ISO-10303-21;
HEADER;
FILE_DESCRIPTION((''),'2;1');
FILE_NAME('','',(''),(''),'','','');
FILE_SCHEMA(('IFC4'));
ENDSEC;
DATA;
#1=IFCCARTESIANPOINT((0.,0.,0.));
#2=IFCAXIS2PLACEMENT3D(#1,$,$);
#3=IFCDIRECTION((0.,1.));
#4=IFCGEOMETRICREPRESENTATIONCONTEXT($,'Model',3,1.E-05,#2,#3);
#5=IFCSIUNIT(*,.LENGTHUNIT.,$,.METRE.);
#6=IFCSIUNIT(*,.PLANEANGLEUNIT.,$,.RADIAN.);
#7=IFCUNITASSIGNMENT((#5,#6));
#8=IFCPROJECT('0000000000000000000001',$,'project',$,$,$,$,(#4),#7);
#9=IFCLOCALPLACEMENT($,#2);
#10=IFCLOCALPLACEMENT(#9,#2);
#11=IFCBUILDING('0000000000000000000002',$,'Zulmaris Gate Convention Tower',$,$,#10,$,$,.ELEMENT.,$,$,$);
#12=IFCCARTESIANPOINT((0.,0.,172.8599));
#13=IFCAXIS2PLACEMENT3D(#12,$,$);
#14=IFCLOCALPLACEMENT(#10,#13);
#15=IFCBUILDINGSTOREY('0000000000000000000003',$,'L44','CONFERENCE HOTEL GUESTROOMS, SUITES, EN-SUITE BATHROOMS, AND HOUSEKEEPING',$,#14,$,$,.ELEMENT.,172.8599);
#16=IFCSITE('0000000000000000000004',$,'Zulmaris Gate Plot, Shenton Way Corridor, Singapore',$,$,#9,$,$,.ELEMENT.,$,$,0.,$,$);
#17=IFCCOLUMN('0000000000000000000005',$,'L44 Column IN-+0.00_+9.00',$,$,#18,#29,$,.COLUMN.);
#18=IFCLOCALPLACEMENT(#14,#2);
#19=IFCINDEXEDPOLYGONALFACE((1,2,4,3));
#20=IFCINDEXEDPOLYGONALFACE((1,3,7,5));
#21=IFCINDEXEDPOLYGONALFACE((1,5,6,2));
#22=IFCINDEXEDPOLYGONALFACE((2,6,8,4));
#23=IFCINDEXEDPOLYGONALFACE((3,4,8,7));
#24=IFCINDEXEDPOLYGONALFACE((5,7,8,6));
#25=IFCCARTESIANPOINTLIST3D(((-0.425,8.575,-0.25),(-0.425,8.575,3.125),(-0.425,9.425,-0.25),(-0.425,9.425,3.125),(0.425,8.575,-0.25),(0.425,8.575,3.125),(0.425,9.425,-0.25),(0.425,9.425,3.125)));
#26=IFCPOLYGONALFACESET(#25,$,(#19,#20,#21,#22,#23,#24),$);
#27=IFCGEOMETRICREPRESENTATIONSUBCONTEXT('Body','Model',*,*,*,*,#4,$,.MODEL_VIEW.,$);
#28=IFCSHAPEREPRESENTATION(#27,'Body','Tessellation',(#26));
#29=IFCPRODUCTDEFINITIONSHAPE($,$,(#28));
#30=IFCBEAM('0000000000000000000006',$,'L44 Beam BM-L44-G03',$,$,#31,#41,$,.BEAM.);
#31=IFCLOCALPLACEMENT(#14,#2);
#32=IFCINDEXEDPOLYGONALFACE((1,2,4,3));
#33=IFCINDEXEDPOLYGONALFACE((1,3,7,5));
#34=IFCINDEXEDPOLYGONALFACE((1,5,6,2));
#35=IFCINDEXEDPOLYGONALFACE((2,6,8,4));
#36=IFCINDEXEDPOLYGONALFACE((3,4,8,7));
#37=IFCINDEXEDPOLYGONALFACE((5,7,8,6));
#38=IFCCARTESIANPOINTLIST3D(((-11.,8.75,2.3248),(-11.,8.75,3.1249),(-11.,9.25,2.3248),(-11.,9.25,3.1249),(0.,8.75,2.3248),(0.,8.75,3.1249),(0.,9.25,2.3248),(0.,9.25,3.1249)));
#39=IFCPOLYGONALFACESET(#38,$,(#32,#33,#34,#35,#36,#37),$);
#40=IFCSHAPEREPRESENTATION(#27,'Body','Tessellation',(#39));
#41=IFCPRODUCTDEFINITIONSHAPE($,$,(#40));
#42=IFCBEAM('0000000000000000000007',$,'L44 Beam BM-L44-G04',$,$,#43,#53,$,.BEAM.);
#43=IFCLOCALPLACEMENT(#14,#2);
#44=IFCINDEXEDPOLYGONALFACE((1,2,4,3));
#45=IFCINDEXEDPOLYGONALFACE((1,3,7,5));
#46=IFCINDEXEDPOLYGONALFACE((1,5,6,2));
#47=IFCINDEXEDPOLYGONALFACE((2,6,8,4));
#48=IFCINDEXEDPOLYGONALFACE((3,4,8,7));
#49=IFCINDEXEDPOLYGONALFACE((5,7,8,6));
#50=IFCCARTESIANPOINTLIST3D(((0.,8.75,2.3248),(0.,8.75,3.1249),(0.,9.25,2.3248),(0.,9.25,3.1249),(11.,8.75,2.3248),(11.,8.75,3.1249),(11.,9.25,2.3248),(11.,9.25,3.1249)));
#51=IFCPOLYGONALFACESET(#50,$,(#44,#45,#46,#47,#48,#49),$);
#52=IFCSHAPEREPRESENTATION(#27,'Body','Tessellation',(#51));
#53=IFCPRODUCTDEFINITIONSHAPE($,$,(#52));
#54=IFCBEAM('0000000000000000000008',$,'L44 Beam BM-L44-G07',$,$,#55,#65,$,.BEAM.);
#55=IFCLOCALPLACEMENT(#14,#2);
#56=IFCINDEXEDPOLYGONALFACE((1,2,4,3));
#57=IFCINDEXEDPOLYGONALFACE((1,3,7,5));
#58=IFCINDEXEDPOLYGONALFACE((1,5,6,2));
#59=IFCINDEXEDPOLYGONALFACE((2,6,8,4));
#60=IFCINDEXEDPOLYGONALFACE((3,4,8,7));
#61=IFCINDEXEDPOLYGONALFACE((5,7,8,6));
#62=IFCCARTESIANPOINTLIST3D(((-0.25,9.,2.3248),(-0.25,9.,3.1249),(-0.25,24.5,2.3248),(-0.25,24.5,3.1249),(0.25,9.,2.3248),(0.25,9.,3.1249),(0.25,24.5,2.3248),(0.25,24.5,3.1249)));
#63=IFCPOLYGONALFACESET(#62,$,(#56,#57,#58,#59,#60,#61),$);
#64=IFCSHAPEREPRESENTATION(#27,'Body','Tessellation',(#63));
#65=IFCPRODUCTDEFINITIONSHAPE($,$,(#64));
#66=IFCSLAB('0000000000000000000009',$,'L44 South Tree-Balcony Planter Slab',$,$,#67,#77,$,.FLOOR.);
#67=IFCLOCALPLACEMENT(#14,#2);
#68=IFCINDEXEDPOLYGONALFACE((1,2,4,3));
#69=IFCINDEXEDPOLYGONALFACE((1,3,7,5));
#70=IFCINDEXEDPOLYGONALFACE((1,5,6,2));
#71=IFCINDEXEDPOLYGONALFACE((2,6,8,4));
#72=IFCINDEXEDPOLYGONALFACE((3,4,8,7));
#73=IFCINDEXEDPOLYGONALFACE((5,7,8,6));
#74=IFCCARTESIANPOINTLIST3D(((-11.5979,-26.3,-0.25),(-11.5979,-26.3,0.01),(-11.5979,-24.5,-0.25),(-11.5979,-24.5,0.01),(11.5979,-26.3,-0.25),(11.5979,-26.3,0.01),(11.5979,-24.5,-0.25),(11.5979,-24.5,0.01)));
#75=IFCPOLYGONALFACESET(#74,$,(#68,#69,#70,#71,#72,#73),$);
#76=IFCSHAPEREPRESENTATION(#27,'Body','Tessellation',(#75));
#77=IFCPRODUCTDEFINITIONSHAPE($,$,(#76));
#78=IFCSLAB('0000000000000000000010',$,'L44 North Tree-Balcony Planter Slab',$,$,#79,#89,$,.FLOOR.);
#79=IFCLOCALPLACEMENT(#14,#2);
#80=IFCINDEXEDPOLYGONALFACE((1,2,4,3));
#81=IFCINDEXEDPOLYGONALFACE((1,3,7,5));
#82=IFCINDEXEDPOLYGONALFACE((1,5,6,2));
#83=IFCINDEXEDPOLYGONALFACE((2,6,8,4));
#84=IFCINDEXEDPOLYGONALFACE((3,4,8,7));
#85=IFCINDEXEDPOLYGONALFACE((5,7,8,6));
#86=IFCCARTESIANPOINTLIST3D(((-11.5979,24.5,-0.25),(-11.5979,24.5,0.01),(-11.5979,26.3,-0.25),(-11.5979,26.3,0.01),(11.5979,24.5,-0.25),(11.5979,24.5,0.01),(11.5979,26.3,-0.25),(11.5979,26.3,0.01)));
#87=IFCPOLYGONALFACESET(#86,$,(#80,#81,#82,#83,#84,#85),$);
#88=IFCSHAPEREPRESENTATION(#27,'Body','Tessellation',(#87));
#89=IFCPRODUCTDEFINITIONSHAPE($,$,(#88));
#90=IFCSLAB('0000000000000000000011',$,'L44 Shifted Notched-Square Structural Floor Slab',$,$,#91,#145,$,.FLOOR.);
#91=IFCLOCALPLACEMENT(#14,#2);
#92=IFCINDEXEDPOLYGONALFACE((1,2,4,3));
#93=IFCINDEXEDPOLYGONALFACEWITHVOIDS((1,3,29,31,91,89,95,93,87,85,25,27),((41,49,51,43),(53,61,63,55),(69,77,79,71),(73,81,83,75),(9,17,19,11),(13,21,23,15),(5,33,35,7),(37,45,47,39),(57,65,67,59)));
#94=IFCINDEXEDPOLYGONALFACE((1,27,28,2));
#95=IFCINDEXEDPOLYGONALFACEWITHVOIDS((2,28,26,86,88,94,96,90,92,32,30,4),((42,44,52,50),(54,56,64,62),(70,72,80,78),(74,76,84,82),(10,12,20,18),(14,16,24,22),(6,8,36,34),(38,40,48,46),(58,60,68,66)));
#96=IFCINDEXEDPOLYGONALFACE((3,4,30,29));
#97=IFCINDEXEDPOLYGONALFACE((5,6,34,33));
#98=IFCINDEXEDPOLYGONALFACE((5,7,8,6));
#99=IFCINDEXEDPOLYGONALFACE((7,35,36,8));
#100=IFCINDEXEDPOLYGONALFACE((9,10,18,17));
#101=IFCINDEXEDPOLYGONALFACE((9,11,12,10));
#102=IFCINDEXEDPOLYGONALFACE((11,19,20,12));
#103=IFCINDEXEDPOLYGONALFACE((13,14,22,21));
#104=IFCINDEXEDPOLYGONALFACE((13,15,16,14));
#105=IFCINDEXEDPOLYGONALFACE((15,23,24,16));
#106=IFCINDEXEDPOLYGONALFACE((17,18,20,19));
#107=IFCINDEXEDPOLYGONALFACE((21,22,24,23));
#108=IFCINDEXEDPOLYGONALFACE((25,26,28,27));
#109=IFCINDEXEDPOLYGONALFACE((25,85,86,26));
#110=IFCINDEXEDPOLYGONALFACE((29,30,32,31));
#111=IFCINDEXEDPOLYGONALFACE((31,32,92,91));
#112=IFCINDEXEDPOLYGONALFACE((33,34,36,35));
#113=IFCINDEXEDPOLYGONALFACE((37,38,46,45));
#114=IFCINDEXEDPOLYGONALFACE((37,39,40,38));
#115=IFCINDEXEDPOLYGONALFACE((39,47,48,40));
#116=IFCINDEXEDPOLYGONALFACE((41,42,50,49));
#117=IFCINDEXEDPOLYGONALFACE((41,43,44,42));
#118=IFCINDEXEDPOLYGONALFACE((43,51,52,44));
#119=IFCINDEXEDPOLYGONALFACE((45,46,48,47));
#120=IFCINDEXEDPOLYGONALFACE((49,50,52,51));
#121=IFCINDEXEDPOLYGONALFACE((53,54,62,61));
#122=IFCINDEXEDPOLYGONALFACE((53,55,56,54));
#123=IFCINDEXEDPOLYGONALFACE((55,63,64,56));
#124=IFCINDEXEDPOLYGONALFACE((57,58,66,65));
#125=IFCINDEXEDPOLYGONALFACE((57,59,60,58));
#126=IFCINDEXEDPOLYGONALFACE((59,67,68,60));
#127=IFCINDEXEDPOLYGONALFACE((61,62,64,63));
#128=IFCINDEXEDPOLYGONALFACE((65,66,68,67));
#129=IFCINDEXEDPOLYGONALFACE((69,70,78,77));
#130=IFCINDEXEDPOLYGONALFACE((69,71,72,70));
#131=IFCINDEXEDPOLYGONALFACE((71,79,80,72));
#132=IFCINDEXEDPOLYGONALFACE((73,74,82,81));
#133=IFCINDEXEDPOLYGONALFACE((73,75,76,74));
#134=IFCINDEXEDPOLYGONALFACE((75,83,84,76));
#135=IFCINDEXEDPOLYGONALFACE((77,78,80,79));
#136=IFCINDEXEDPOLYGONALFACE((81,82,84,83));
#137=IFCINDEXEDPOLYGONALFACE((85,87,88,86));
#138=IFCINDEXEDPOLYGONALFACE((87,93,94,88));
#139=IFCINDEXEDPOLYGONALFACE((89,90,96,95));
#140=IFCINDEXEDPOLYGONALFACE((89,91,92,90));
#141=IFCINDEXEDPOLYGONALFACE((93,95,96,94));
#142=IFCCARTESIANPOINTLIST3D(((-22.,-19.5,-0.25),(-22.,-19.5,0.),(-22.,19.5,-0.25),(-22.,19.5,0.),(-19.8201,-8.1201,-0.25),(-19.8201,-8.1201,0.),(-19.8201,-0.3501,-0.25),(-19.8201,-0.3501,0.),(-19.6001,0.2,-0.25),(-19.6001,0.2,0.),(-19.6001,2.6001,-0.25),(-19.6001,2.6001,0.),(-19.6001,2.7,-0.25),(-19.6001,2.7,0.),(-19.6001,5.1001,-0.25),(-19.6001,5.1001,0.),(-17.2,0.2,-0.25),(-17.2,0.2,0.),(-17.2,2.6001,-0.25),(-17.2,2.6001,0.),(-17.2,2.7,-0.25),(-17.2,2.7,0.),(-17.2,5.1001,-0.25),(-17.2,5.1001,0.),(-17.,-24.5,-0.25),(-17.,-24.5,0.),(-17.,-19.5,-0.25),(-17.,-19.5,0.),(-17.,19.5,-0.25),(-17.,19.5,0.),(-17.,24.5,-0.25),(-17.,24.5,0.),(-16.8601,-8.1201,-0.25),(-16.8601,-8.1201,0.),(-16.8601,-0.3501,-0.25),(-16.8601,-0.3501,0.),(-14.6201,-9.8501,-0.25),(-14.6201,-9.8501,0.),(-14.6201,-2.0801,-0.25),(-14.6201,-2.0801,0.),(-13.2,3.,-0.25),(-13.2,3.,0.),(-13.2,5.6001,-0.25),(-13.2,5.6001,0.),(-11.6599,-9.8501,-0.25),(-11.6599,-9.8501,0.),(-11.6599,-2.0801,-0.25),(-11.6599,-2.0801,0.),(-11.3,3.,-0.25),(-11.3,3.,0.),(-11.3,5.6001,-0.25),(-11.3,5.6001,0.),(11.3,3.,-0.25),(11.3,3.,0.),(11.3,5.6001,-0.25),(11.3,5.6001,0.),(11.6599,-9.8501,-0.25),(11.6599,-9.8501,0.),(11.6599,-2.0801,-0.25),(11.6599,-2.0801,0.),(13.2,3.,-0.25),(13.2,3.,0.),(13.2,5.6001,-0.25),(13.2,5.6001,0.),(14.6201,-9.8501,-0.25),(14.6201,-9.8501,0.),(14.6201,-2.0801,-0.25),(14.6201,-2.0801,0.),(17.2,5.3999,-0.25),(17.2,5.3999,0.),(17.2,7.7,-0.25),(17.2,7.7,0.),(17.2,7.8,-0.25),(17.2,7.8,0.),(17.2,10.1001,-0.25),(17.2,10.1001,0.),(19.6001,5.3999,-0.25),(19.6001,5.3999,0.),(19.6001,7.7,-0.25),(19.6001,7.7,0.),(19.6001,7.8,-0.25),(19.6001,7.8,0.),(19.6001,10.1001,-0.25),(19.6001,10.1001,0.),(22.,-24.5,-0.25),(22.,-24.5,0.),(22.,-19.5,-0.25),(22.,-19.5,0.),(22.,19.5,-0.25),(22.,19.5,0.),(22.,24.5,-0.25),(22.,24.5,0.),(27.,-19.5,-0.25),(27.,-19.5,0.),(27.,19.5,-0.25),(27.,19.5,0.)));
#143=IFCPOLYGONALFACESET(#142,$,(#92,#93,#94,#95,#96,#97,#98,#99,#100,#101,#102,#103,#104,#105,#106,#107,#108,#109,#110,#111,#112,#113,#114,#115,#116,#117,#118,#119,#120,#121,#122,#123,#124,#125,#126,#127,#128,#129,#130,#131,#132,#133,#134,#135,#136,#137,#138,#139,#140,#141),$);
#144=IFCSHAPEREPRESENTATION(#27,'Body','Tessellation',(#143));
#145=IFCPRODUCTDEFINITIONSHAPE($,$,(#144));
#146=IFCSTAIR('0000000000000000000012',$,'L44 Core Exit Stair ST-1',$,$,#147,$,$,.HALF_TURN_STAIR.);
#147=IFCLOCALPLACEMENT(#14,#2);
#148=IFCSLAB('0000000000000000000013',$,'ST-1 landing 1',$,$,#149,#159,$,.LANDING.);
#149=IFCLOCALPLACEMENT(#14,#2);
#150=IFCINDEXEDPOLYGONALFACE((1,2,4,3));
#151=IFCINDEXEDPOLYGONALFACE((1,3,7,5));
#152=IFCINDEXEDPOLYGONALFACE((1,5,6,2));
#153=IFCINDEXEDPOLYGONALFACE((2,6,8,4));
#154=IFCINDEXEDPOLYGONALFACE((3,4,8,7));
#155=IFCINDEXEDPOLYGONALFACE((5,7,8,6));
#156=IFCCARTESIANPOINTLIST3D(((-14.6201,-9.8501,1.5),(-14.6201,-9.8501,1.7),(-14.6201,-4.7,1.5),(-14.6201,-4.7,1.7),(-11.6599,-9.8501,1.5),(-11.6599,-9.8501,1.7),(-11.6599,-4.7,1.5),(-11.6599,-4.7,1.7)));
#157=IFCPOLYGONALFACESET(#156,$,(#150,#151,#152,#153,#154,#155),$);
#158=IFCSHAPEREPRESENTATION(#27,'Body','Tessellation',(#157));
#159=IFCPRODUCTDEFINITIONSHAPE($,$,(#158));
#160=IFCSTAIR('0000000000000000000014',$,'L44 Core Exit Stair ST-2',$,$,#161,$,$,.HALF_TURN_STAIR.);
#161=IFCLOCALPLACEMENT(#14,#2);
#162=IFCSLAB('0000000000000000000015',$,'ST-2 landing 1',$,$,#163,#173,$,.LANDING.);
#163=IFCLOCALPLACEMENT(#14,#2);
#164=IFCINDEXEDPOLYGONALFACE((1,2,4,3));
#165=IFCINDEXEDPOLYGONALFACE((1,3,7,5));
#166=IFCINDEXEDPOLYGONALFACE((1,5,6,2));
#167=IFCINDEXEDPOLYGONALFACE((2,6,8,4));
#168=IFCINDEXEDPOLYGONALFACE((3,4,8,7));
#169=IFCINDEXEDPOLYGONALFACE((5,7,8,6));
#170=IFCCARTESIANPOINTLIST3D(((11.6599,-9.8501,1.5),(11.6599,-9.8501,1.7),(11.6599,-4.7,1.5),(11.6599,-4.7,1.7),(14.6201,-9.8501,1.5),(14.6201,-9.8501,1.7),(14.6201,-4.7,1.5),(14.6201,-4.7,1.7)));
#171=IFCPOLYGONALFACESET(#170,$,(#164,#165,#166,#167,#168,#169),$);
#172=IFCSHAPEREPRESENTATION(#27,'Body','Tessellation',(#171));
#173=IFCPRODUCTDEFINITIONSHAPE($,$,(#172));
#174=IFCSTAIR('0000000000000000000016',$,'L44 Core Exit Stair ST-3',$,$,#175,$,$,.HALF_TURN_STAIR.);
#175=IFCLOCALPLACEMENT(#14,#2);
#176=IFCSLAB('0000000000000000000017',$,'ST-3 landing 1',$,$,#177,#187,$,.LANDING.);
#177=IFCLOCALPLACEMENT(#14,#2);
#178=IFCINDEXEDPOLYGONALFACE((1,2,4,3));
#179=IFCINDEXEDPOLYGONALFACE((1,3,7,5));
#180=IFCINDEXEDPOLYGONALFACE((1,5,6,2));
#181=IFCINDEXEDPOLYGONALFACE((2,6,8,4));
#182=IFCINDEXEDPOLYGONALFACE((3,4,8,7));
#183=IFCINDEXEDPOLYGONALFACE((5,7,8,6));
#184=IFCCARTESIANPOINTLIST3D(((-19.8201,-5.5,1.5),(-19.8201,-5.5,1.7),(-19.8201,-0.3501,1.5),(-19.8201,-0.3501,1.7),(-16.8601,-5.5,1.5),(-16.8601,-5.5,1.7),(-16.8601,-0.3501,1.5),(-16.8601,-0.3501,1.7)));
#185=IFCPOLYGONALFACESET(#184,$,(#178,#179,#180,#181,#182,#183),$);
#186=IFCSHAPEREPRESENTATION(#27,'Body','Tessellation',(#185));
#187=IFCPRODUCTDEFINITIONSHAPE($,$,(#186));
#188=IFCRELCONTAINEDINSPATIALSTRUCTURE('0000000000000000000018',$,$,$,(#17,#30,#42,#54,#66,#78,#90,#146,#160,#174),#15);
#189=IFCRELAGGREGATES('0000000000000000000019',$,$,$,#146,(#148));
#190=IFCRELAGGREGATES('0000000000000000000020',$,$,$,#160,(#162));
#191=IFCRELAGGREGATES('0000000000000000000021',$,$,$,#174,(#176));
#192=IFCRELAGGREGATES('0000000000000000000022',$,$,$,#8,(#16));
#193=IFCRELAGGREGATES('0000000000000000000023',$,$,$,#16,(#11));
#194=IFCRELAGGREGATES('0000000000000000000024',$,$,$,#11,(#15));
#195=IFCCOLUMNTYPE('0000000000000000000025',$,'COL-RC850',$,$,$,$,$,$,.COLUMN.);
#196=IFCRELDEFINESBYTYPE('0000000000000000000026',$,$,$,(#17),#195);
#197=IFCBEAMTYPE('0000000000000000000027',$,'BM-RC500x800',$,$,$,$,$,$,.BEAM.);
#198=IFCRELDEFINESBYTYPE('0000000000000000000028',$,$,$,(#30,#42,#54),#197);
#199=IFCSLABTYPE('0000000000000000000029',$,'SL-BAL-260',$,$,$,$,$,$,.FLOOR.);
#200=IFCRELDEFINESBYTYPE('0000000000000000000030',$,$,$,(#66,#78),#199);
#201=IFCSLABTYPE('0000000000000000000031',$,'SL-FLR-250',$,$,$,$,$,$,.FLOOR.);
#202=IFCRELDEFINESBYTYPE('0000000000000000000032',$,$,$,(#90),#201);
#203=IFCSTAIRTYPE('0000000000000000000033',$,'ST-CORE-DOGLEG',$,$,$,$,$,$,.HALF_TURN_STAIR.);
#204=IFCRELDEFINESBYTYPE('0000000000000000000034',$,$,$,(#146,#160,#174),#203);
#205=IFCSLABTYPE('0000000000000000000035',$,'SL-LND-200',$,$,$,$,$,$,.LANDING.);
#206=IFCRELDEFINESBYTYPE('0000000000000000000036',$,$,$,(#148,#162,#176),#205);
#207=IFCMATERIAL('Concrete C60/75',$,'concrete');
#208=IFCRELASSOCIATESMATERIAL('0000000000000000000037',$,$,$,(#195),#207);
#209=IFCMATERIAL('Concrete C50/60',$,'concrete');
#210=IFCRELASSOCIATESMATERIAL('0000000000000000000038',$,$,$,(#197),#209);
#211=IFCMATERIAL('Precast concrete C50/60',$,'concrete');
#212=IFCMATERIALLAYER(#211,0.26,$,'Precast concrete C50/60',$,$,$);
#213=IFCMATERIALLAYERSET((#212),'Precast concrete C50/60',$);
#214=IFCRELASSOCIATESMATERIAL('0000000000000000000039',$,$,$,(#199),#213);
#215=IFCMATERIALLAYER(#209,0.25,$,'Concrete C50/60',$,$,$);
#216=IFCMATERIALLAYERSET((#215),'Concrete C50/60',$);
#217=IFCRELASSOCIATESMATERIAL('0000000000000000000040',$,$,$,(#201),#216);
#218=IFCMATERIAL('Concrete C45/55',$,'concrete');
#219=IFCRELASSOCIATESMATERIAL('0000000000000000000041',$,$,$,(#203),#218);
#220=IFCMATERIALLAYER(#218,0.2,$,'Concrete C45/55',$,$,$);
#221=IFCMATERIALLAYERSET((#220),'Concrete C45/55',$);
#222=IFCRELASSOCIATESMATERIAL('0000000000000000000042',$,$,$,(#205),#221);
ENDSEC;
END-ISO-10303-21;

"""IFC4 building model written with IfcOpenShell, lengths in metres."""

from ifc_helpers import new_model, si_unit, direction, frame, origin, origin_2d, place, context, subcontext, project, spatial, polyline, rectangle, outline, extrude, material, layer, layer_set, material_profile, profile_set, type_object, element, aggregate, save


model = new_model("IFC4")

# Units and contexts
model_context = context("Model", 3, precision=1e-05, world=origin(), true_north=direction((0.0, 1.0)))
body_context = subcontext(model_context, "Body", "Model", "MODEL_VIEW")
ifc_project = project(units=[si_unit("LENGTHUNIT", "METRE"), si_unit("PLANEANGLEUNIT", "RADIAN")], contexts=[model_context])

# Site, building, storey
site_placement = place(None, origin())
site = spatial("IfcSite", under=ifc_project, at=site_placement, Name="Zulmaris Gate Plot, Shenton Way Corridor, Singapore", CompositionType="ELEMENT", RefElevation=0.0)
building_placement = place(site_placement, origin())
building = spatial("IfcBuilding", under=site, at=building_placement, Name="Zulmaris Gate Convention Tower", CompositionType="ELEMENT")
storey_placement = place(building_placement, frame((0.0, 0.0, 172.8599)))
storey = spatial("IfcBuildingStorey", under=building, at=storey_placement, Name="L44", Description="CONFERENCE HOTEL GUESTROOMS, SUITES, EN-SUITE BATHROOMS, AND HOUSEKEEPING", CompositionType="ELEMENT", Elevation=172.8599)

# Column
ifc_material_1 = material(Name="Concrete C60/75", Category="concrete")
ifc_material_profile_1 = material_profile(ifc_material_1, rectangle(XDim=0.8501, YDim=0.8501, at=origin_2d()), Name="RC COL 850x850")
ifc_profile_set_1 = profile_set([ifc_material_profile_1], Name="Concrete C60/75")
column_type = type_object("IfcColumnType", Name="COL-RC850", PredefinedType="COLUMN", material=ifc_profile_set_1)
column_placement = place(storey_placement, frame((0.0, 9.0, -0.25), z_axis=(0.0, 0.0, 1.0), x_axis=(1.0, 0.0, 0.0)))
element("IfcColumn", 1, at=column_placement, inside=storey, type_object=column_type, Name="L44 Column IN-+0.00_+9.00", PredefinedType="COLUMN", context=body_context, shape_type="SweptSolid", body=[
    extrude(rectangle(XDim=0.8501, YDim=0.8501, at=origin_2d()), origin(), (0.0, 0.0, 1.0), 3.375),
])

# Beams
ifc_material_2 = material(Name="Concrete C50/60", Category="concrete")
ifc_material_profile_2 = material_profile(ifc_material_2, rectangle(XDim=0.5, YDim=0.8, at=origin_2d()), Name="RC BEAM 500x800")
ifc_profile_set_2 = profile_set([ifc_material_profile_2], Name="Concrete C50/60")
beam_type = type_object("IfcBeamType", Name="BM-RC500x800", PredefinedType="BEAM", material=ifc_profile_set_2)
for number, where, z_axis, x_axis, name in (
    (2, (-11.0, 9.0, 2.7249), (1.0, 0.0, 0.0), (0.0, 1.0, 0.0), "L44 Beam BM-L44-G03"),
    (3, (0.0, 9.0, 2.7249), (1.0, 0.0, 0.0), (0.0, 1.0, 0.0), "L44 Beam BM-L44-G04"),
):
    element("IfcBeam", number, at=place(storey_placement, frame(where, z_axis=z_axis, x_axis=x_axis)), inside=storey, type_object=beam_type, Name=name, PredefinedType="BEAM", context=body_context, shape_type="SweptSolid", body=[
        extrude(rectangle(XDim=0.5, YDim=0.8, at=origin_2d()), origin(), (0.0, 0.0, 1.0), 11.0),
    ])
beam_placement = place(storey_placement, frame((0.0, 9.0, 2.7249), z_axis=(0.0, 1.0, 0.0), x_axis=(-1.0, 0.0, 0.0)))
element("IfcBeam", 4, at=beam_placement, inside=storey, type_object=beam_type, Name="L44 Beam BM-L44-G07", PredefinedType="BEAM", context=body_context, shape_type="SweptSolid", body=[
    extrude(rectangle(XDim=0.5, YDim=0.8, at=origin_2d()), origin(), (0.0, 0.0, 1.0), 15.5),
])

# Slabs
ifc_material_3 = material(Name="Precast concrete C50/60", Category="concrete")
ifc_layer_1 = layer(ifc_material_3, 0.26, Name="Precast concrete C50/60")
ifc_layer_set_1 = layer_set([ifc_layer_1], Name="Precast concrete C50/60")
slab_type_1 = type_object("IfcSlabType", Name="SL-BAL-260", PredefinedType="FLOOR", material=ifc_layer_set_1)
slab_1_placement = place(storey_placement, frame((0.0, 0.0, -0.25)))
element("IfcSlab", 5, at=slab_1_placement, inside=storey, type_object=slab_type_1, Name="L44 South Tree-Balcony Planter Slab", PredefinedType="FLOOR", context=body_context, shape_type="SweptSolid", body=[
    extrude(outline(polyline([(-11.5979, -26.3), (-11.5979, -24.5), (11.5979, -24.5), (11.5979, -26.3), (-11.5979, -26.3)])), origin(), (0.0, 0.0, 1.0), 0.26),
])
slab_2_placement = place(storey_placement, frame((0.0, 0.0, -0.25)))
element("IfcSlab", 6, at=slab_2_placement, inside=storey, type_object=slab_type_1, Name="L44 North Tree-Balcony Planter Slab", PredefinedType="FLOOR", context=body_context, shape_type="SweptSolid", body=[
    extrude(outline(polyline([(11.5979, 26.3), (11.5979, 24.5), (-11.5979, 24.5), (-11.5979, 26.3), (11.5979, 26.3)])), origin(), (0.0, 0.0, 1.0), 0.26),
])
ifc_layer_2 = layer(ifc_material_2, 0.25, Name="Concrete C50/60")
ifc_layer_set_2 = layer_set([ifc_layer_2], Name="Concrete C50/60")
slab_type_2 = type_object("IfcSlabType", Name="SL-FLR-250", PredefinedType="FLOOR", material=ifc_layer_set_2)
slab_3_placement = place(storey_placement, frame((0.0, 0.0, -0.25)))
element("IfcSlab", 7, at=slab_3_placement, inside=storey, type_object=slab_type_2, Name="L44 Shifted Notched-Square Structural Floor Slab", PredefinedType="FLOOR", context=body_context, shape_type="SweptSolid", body=[
    extrude(outline(polyline([(-17.0, -24.5), (22.0, -24.5), (22.0, -19.5), (27.0, -19.5), (27.0, 19.5), (22.0, 19.5), (22.0, 24.5), (-17.0, 24.5), (-17.0, 19.5), (-22.0, 19.5), (-22.0, -19.5), (-17.0, -19.5), (-17.0, -24.5)]), holes=[polyline([(-14.6201, -2.0801), (-14.6201, -9.8501), (-11.6599, -9.8501), (-11.6599, -2.0801), (-14.6201, -2.0801)]), polyline([(11.6599, -2.0801), (11.6599, -9.8501), (14.6201, -9.8501), (14.6201, -2.0801), (11.6599, -2.0801)]), polyline([(-16.8601, -8.1201), (-16.8601, -0.3501), (-19.8201, -0.3501), (-19.8201, -8.1201), (-16.8601, -8.1201)]), polyline([(-13.2, 3.0), (-11.3, 3.0), (-11.3, 5.6001), (-13.2, 5.6001), (-13.2, 3.0)]), polyline([(11.3, 3.0), (13.2, 3.0), (13.2, 5.6001), (11.3, 5.6001), (11.3, 3.0)]), polyline([(17.2, 5.3999), (19.6001, 5.3999), (19.6001, 7.7), (17.2, 7.7), (17.2, 5.3999)]), polyline([(17.2, 7.8), (19.6001, 7.8), (19.6001, 10.1001), (17.2, 10.1001), (17.2, 7.8)]), polyline([(-19.6001, 0.2), (-17.2, 0.2), (-17.2, 2.6001), (-19.6001, 2.6001), (-19.6001, 0.2)]), polyline([(-19.6001, 2.7), (-17.2, 2.7), (-17.2, 5.1001), (-19.6001, 5.1001), (-19.6001, 2.7)])]), origin(), (0.0, 0.0, 1.0), 0.25),
])

# Stairs, slabs
ifc_material_4 = material(Name="Concrete C45/55", Category="concrete")
stair_type = type_object("IfcStairType", Name="ST-CORE-DOGLEG", PredefinedType="HALF_TURN_STAIR", material=ifc_material_4)
stair_1_placement = place(storey_placement, origin())
stair_1 = element("IfcStair", 8, at=stair_1_placement, inside=storey, type_object=stair_type, Name="L44 Core Exit Stair ST-1", PredefinedType="HALF_TURN_STAIR")
ifc_layer_3 = layer(ifc_material_4, 0.2, Name="Concrete C45/55")
ifc_layer_set_3 = layer_set([ifc_layer_3], Name="Concrete C45/55")
slab_type_3 = type_object("IfcSlabType", Name="SL-LND-200", PredefinedType="LANDING", material=ifc_layer_set_3)
slab_4_placement = place(storey_placement, frame((0.0, 0.0, 1.5)))
slab_4 = element("IfcSlab", 9, at=slab_4_placement, type_object=slab_type_3, Name="ST-1 landing 1", PredefinedType="LANDING", context=body_context, shape_type="SweptSolid", body=[
    extrude(outline(polyline([(-14.6201, -4.7), (-14.6201, -9.8501), (-11.6599, -9.8501), (-11.6599, -4.7), (-14.6201, -4.7)])), origin(), (0.0, 0.0, 1.0), 0.2),
])
aggregate(stair_1, [slab_4])
stair_2_placement = place(storey_placement, origin())
stair_2 = element("IfcStair", 10, at=stair_2_placement, inside=storey, type_object=stair_type, Name="L44 Core Exit Stair ST-2", PredefinedType="HALF_TURN_STAIR")
slab_5_placement = place(storey_placement, frame((0.0, 0.0, 1.5)))
slab_5 = element("IfcSlab", 11, at=slab_5_placement, type_object=slab_type_3, Name="ST-2 landing 1", PredefinedType="LANDING", context=body_context, shape_type="SweptSolid", body=[
    extrude(outline(polyline([(11.6599, -4.7), (11.6599, -9.8501), (14.6201, -9.8501), (14.6201, -4.7), (11.6599, -4.7)])), origin(), (0.0, 0.0, 1.0), 0.2),
])
aggregate(stair_2, [slab_5])
stair_3_placement = place(storey_placement, origin())
stair_3 = element("IfcStair", 12, at=stair_3_placement, inside=storey, type_object=stair_type, Name="L44 Core Exit Stair ST-3", PredefinedType="HALF_TURN_STAIR")
slab_6_placement = place(storey_placement, frame((0.0, 0.0, 1.5)))
slab_6 = element("IfcSlab", 13, at=slab_6_placement, type_object=slab_type_3, Name="ST-3 landing 1", PredefinedType="LANDING", context=body_context, shape_type="SweptSolid", body=[
    extrude(outline(polyline([(-16.8601, -5.5), (-16.8601, -0.3501), (-19.8201, -0.3501), (-19.8201, -5.5), (-16.8601, -5.5)])), origin(), (0.0, 0.0, 1.0), 0.2),
])
aggregate(stair_3, [slab_6])

save(model, "model.ifc")
